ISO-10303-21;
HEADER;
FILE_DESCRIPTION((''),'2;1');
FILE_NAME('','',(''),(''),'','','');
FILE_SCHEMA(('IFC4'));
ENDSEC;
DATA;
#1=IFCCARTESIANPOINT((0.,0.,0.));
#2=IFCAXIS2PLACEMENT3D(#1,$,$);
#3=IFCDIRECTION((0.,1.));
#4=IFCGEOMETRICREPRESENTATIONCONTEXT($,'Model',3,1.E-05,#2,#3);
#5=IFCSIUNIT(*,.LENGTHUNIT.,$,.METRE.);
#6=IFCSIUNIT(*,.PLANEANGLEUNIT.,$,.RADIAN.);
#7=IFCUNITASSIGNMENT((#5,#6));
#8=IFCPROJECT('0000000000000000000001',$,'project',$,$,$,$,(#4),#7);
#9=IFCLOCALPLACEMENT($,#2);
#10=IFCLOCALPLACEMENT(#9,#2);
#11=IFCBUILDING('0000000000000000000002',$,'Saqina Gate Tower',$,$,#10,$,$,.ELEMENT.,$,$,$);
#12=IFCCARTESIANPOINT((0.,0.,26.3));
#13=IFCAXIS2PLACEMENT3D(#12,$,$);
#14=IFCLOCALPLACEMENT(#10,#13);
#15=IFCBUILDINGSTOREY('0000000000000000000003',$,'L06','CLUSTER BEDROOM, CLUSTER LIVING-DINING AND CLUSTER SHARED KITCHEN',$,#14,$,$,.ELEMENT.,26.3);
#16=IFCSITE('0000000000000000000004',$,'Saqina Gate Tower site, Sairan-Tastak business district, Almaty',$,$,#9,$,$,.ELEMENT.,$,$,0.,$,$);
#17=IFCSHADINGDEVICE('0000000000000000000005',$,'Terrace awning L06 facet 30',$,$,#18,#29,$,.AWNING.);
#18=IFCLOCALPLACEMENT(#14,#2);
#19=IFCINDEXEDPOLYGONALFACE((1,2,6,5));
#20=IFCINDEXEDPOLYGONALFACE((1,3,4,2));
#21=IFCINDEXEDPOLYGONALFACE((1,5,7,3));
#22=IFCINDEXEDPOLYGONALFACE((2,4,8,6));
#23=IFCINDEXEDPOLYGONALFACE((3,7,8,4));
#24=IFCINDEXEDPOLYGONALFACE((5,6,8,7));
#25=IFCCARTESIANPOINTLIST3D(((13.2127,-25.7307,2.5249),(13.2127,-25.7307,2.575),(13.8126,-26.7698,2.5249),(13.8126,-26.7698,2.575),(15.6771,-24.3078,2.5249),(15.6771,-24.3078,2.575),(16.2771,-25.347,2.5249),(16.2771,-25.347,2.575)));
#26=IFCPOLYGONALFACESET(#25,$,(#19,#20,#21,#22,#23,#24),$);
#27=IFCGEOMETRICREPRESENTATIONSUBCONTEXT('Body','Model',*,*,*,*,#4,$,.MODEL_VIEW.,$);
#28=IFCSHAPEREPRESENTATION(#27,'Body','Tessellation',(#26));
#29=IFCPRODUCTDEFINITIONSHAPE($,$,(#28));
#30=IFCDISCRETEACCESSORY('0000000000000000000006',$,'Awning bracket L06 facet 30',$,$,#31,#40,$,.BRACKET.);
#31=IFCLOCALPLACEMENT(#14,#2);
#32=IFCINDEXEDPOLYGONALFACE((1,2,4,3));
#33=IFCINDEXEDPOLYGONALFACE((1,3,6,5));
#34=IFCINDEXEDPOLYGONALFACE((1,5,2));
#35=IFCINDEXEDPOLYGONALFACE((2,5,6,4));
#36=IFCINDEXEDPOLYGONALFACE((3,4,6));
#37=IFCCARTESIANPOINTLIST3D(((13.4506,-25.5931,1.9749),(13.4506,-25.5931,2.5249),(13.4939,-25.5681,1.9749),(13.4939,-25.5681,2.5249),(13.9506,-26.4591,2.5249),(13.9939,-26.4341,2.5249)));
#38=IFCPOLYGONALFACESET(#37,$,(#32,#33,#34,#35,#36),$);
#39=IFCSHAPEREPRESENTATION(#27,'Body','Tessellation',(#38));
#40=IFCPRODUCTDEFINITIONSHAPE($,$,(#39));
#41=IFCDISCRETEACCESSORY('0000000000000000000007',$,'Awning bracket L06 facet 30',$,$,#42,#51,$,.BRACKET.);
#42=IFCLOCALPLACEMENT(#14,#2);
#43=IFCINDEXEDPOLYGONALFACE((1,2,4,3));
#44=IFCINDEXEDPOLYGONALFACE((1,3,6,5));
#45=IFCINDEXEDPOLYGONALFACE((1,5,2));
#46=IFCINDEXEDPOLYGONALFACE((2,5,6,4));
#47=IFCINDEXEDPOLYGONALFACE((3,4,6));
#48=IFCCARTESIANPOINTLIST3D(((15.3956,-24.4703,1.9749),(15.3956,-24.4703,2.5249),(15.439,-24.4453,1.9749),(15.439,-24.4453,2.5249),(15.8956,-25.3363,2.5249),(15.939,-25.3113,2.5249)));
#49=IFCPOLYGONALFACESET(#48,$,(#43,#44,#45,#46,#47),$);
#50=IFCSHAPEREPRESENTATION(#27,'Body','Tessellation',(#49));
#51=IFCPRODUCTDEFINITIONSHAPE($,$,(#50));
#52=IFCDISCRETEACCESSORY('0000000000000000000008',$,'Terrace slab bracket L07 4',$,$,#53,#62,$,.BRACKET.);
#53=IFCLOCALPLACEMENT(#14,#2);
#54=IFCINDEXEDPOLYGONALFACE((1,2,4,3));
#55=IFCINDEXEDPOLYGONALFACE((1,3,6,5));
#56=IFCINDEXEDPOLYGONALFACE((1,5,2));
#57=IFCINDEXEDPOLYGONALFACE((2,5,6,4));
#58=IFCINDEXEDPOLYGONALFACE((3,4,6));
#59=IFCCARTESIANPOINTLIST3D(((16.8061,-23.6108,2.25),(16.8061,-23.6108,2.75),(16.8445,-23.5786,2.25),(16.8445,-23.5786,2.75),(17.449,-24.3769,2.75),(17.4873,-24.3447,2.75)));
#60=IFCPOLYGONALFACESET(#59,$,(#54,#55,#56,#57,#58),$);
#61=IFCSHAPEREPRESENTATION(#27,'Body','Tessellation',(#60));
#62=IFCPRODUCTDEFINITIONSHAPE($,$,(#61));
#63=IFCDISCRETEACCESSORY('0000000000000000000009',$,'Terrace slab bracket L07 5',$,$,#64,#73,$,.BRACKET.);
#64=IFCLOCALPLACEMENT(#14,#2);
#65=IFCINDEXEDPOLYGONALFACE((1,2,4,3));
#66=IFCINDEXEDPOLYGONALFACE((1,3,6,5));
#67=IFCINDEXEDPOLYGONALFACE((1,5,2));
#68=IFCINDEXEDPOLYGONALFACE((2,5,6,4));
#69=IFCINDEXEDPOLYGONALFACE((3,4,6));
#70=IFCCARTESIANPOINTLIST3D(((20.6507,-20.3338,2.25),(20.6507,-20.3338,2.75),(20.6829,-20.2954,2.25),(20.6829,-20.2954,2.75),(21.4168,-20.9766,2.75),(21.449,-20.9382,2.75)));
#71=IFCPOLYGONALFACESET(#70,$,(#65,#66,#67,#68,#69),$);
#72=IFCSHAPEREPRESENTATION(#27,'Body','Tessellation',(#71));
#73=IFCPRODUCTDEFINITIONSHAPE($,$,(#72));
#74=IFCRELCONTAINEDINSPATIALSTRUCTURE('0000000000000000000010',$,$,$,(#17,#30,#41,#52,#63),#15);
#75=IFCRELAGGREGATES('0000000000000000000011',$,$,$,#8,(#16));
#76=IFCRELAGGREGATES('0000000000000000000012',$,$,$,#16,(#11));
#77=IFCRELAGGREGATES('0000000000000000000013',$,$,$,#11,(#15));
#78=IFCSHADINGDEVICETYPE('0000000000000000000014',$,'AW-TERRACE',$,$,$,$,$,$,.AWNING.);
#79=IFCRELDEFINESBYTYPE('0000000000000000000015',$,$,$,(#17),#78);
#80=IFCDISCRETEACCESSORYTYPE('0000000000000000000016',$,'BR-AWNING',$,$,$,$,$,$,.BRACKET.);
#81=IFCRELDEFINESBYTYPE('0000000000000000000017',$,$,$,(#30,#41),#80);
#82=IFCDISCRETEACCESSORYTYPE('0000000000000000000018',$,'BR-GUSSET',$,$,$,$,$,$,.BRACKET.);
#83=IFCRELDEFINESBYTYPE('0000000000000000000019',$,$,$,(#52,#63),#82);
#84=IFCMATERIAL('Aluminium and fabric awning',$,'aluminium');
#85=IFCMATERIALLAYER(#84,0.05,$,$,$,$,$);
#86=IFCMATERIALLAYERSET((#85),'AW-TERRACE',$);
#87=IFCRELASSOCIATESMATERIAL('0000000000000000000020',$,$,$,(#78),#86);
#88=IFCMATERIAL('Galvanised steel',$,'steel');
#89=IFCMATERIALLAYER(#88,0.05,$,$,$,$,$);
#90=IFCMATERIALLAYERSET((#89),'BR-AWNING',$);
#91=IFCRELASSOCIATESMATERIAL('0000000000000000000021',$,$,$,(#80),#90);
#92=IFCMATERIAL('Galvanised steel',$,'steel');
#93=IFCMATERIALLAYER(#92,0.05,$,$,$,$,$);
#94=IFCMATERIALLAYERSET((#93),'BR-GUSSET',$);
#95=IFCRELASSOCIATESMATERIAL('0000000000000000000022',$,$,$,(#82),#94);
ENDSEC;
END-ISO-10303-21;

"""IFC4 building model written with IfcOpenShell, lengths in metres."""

from ifc_helpers import new_model, si_unit, direction, frame, origin, origin_2d, place, context, subcontext, project, spatial, polyline, rectangle, outline, extrude, material, layer, layer_set, type_object, element, save


model = new_model("IFC4")

# Units and contexts
model_context = context("Model", 3, precision=1e-05, world=origin(), true_north=direction((0.0, 1.0)))
body_context = subcontext(model_context, "Body", "Model", "MODEL_VIEW")
ifc_project = project(units=[si_unit("LENGTHUNIT", "METRE"), si_unit("PLANEANGLEUNIT", "RADIAN")], contexts=[model_context])

# Site, building, storey
site_placement = place(None, origin())
site = spatial("IfcSite", under=ifc_project, at=site_placement, Name="Saqina Gate Tower site, Sairan-Tastak business district, Almaty", CompositionType="ELEMENT", RefElevation=0.0)
building_placement = place(site_placement, origin())
building = spatial("IfcBuilding", under=site, at=building_placement, Name="Saqina Gate Tower", CompositionType="ELEMENT")
storey_placement = place(building_placement, frame((0.0, 0.0, 26.3)))
storey = spatial("IfcBuildingStorey", under=building, at=storey_placement, Name="L06", Description="CLUSTER BEDROOM, CLUSTER LIVING-DINING AND CLUSTER SHARED KITCHEN", CompositionType="ELEMENT", Elevation=26.3)

# Shading device
ifc_material_1 = material(Name="Aluminium and fabric awning", Category="aluminium")
ifc_layer_1 = layer(ifc_material_1, 0.05)
ifc_layer_set_1 = layer_set([ifc_layer_1], Name="AW-TERRACE")
shading_device_type = type_object("IfcShadingDeviceType", Name="AW-TERRACE", PredefinedType="AWNING", material=ifc_layer_set_1)
shading_device_placement = place(storey_placement, frame((14.7449, -25.5388, 2.5249), z_axis=(0.0, 0.0, 1.0), x_axis=(0.866025, 0.5, 0.0)))
element("IfcShadingDevice", 1, at=shading_device_placement, inside=storey, type_object=shading_device_type, Name="Terrace awning L06 facet 30", PredefinedType="AWNING", context=body_context, shape_type="SweptSolid", body=[
    extrude(rectangle(XDim=2.8457, YDim=1.2, at=origin_2d()), origin(), (0.0, 0.0, 1.0), 0.05),
])

# Discrete accessories
ifc_material_2 = material(Name="Galvanised steel", Category="steel")
ifc_layer_2 = layer(ifc_material_2, 0.05)
ifc_layer_set_2 = layer_set([ifc_layer_2], Name="BR-AWNING")
discrete_accessory_type_1 = type_object("IfcDiscreteAccessoryType", Name="BR-AWNING", PredefinedType="BRACKET", material=ifc_layer_set_2)
for number, where, z_axis, x_axis, name in (
    (2, (13.4939, -25.5681, 1.9749), (0.866011, 0.500025, 0.0), (0.0, 0.0, 1.0), "Awning bracket L06 facet 30"),
    (3, (15.439, -24.4453, 1.9749), (0.866011, 0.500025, 0.0), (0.0, 0.0, 1.0), "Awning bracket L06 facet 30"),
):
    element("IfcDiscreteAccessory", number, at=place(storey_placement, frame(where, z_axis=z_axis, x_axis=x_axis)), inside=storey, type_object=discrete_accessory_type_1, Name=name, PredefinedType="BRACKET", context=body_context, shape_type="SweptSolid", body=[
        extrude(outline(polyline([(0.0, 0.0), (0.55, 0.0), (0.55, 0.9999), (0.0, 0.0)])), origin(), (0.0, 0.0, -1.0), 0.05),
    ])
ifc_material_3 = material(Name="Galvanised steel", Category="steel")
ifc_layer_3 = layer(ifc_material_3, 0.05)
ifc_layer_set_3 = layer_set([ifc_layer_3], Name="BR-GUSSET")
discrete_accessory_type_2 = type_object("IfcDiscreteAccessoryType", Name="BR-GUSSET", PredefinedType="BRACKET", material=ifc_layer_set_3)
for number, where, z_axis, x_axis, name in (
    (4, (16.8445, -23.5786, 2.25), (0.766056, 0.642774, 0.0), (0.0, 0.0, 1.0), "Terrace slab bracket L07 4"),
    (5, (20.6829, -20.2954, 2.25), (0.642774, 0.766056, 0.0), (0.0, 0.0, 1.0), "Terrace slab bracket L07 5"),
):
    element("IfcDiscreteAccessory", number, at=place(storey_placement, frame(where, z_axis=z_axis, x_axis=x_axis)), inside=storey, type_object=discrete_accessory_type_2, Name=name, PredefinedType="BRACKET", context=body_context, shape_type="SweptSolid", body=[
        extrude(outline(polyline([(0.0, 0.0), (0.5, 0.0), (0.5, 1.0001), (0.0, 0.0)])), origin(), (0.0, 0.0, -1.0), 0.05),
    ])

save(model, "model.ifc")
